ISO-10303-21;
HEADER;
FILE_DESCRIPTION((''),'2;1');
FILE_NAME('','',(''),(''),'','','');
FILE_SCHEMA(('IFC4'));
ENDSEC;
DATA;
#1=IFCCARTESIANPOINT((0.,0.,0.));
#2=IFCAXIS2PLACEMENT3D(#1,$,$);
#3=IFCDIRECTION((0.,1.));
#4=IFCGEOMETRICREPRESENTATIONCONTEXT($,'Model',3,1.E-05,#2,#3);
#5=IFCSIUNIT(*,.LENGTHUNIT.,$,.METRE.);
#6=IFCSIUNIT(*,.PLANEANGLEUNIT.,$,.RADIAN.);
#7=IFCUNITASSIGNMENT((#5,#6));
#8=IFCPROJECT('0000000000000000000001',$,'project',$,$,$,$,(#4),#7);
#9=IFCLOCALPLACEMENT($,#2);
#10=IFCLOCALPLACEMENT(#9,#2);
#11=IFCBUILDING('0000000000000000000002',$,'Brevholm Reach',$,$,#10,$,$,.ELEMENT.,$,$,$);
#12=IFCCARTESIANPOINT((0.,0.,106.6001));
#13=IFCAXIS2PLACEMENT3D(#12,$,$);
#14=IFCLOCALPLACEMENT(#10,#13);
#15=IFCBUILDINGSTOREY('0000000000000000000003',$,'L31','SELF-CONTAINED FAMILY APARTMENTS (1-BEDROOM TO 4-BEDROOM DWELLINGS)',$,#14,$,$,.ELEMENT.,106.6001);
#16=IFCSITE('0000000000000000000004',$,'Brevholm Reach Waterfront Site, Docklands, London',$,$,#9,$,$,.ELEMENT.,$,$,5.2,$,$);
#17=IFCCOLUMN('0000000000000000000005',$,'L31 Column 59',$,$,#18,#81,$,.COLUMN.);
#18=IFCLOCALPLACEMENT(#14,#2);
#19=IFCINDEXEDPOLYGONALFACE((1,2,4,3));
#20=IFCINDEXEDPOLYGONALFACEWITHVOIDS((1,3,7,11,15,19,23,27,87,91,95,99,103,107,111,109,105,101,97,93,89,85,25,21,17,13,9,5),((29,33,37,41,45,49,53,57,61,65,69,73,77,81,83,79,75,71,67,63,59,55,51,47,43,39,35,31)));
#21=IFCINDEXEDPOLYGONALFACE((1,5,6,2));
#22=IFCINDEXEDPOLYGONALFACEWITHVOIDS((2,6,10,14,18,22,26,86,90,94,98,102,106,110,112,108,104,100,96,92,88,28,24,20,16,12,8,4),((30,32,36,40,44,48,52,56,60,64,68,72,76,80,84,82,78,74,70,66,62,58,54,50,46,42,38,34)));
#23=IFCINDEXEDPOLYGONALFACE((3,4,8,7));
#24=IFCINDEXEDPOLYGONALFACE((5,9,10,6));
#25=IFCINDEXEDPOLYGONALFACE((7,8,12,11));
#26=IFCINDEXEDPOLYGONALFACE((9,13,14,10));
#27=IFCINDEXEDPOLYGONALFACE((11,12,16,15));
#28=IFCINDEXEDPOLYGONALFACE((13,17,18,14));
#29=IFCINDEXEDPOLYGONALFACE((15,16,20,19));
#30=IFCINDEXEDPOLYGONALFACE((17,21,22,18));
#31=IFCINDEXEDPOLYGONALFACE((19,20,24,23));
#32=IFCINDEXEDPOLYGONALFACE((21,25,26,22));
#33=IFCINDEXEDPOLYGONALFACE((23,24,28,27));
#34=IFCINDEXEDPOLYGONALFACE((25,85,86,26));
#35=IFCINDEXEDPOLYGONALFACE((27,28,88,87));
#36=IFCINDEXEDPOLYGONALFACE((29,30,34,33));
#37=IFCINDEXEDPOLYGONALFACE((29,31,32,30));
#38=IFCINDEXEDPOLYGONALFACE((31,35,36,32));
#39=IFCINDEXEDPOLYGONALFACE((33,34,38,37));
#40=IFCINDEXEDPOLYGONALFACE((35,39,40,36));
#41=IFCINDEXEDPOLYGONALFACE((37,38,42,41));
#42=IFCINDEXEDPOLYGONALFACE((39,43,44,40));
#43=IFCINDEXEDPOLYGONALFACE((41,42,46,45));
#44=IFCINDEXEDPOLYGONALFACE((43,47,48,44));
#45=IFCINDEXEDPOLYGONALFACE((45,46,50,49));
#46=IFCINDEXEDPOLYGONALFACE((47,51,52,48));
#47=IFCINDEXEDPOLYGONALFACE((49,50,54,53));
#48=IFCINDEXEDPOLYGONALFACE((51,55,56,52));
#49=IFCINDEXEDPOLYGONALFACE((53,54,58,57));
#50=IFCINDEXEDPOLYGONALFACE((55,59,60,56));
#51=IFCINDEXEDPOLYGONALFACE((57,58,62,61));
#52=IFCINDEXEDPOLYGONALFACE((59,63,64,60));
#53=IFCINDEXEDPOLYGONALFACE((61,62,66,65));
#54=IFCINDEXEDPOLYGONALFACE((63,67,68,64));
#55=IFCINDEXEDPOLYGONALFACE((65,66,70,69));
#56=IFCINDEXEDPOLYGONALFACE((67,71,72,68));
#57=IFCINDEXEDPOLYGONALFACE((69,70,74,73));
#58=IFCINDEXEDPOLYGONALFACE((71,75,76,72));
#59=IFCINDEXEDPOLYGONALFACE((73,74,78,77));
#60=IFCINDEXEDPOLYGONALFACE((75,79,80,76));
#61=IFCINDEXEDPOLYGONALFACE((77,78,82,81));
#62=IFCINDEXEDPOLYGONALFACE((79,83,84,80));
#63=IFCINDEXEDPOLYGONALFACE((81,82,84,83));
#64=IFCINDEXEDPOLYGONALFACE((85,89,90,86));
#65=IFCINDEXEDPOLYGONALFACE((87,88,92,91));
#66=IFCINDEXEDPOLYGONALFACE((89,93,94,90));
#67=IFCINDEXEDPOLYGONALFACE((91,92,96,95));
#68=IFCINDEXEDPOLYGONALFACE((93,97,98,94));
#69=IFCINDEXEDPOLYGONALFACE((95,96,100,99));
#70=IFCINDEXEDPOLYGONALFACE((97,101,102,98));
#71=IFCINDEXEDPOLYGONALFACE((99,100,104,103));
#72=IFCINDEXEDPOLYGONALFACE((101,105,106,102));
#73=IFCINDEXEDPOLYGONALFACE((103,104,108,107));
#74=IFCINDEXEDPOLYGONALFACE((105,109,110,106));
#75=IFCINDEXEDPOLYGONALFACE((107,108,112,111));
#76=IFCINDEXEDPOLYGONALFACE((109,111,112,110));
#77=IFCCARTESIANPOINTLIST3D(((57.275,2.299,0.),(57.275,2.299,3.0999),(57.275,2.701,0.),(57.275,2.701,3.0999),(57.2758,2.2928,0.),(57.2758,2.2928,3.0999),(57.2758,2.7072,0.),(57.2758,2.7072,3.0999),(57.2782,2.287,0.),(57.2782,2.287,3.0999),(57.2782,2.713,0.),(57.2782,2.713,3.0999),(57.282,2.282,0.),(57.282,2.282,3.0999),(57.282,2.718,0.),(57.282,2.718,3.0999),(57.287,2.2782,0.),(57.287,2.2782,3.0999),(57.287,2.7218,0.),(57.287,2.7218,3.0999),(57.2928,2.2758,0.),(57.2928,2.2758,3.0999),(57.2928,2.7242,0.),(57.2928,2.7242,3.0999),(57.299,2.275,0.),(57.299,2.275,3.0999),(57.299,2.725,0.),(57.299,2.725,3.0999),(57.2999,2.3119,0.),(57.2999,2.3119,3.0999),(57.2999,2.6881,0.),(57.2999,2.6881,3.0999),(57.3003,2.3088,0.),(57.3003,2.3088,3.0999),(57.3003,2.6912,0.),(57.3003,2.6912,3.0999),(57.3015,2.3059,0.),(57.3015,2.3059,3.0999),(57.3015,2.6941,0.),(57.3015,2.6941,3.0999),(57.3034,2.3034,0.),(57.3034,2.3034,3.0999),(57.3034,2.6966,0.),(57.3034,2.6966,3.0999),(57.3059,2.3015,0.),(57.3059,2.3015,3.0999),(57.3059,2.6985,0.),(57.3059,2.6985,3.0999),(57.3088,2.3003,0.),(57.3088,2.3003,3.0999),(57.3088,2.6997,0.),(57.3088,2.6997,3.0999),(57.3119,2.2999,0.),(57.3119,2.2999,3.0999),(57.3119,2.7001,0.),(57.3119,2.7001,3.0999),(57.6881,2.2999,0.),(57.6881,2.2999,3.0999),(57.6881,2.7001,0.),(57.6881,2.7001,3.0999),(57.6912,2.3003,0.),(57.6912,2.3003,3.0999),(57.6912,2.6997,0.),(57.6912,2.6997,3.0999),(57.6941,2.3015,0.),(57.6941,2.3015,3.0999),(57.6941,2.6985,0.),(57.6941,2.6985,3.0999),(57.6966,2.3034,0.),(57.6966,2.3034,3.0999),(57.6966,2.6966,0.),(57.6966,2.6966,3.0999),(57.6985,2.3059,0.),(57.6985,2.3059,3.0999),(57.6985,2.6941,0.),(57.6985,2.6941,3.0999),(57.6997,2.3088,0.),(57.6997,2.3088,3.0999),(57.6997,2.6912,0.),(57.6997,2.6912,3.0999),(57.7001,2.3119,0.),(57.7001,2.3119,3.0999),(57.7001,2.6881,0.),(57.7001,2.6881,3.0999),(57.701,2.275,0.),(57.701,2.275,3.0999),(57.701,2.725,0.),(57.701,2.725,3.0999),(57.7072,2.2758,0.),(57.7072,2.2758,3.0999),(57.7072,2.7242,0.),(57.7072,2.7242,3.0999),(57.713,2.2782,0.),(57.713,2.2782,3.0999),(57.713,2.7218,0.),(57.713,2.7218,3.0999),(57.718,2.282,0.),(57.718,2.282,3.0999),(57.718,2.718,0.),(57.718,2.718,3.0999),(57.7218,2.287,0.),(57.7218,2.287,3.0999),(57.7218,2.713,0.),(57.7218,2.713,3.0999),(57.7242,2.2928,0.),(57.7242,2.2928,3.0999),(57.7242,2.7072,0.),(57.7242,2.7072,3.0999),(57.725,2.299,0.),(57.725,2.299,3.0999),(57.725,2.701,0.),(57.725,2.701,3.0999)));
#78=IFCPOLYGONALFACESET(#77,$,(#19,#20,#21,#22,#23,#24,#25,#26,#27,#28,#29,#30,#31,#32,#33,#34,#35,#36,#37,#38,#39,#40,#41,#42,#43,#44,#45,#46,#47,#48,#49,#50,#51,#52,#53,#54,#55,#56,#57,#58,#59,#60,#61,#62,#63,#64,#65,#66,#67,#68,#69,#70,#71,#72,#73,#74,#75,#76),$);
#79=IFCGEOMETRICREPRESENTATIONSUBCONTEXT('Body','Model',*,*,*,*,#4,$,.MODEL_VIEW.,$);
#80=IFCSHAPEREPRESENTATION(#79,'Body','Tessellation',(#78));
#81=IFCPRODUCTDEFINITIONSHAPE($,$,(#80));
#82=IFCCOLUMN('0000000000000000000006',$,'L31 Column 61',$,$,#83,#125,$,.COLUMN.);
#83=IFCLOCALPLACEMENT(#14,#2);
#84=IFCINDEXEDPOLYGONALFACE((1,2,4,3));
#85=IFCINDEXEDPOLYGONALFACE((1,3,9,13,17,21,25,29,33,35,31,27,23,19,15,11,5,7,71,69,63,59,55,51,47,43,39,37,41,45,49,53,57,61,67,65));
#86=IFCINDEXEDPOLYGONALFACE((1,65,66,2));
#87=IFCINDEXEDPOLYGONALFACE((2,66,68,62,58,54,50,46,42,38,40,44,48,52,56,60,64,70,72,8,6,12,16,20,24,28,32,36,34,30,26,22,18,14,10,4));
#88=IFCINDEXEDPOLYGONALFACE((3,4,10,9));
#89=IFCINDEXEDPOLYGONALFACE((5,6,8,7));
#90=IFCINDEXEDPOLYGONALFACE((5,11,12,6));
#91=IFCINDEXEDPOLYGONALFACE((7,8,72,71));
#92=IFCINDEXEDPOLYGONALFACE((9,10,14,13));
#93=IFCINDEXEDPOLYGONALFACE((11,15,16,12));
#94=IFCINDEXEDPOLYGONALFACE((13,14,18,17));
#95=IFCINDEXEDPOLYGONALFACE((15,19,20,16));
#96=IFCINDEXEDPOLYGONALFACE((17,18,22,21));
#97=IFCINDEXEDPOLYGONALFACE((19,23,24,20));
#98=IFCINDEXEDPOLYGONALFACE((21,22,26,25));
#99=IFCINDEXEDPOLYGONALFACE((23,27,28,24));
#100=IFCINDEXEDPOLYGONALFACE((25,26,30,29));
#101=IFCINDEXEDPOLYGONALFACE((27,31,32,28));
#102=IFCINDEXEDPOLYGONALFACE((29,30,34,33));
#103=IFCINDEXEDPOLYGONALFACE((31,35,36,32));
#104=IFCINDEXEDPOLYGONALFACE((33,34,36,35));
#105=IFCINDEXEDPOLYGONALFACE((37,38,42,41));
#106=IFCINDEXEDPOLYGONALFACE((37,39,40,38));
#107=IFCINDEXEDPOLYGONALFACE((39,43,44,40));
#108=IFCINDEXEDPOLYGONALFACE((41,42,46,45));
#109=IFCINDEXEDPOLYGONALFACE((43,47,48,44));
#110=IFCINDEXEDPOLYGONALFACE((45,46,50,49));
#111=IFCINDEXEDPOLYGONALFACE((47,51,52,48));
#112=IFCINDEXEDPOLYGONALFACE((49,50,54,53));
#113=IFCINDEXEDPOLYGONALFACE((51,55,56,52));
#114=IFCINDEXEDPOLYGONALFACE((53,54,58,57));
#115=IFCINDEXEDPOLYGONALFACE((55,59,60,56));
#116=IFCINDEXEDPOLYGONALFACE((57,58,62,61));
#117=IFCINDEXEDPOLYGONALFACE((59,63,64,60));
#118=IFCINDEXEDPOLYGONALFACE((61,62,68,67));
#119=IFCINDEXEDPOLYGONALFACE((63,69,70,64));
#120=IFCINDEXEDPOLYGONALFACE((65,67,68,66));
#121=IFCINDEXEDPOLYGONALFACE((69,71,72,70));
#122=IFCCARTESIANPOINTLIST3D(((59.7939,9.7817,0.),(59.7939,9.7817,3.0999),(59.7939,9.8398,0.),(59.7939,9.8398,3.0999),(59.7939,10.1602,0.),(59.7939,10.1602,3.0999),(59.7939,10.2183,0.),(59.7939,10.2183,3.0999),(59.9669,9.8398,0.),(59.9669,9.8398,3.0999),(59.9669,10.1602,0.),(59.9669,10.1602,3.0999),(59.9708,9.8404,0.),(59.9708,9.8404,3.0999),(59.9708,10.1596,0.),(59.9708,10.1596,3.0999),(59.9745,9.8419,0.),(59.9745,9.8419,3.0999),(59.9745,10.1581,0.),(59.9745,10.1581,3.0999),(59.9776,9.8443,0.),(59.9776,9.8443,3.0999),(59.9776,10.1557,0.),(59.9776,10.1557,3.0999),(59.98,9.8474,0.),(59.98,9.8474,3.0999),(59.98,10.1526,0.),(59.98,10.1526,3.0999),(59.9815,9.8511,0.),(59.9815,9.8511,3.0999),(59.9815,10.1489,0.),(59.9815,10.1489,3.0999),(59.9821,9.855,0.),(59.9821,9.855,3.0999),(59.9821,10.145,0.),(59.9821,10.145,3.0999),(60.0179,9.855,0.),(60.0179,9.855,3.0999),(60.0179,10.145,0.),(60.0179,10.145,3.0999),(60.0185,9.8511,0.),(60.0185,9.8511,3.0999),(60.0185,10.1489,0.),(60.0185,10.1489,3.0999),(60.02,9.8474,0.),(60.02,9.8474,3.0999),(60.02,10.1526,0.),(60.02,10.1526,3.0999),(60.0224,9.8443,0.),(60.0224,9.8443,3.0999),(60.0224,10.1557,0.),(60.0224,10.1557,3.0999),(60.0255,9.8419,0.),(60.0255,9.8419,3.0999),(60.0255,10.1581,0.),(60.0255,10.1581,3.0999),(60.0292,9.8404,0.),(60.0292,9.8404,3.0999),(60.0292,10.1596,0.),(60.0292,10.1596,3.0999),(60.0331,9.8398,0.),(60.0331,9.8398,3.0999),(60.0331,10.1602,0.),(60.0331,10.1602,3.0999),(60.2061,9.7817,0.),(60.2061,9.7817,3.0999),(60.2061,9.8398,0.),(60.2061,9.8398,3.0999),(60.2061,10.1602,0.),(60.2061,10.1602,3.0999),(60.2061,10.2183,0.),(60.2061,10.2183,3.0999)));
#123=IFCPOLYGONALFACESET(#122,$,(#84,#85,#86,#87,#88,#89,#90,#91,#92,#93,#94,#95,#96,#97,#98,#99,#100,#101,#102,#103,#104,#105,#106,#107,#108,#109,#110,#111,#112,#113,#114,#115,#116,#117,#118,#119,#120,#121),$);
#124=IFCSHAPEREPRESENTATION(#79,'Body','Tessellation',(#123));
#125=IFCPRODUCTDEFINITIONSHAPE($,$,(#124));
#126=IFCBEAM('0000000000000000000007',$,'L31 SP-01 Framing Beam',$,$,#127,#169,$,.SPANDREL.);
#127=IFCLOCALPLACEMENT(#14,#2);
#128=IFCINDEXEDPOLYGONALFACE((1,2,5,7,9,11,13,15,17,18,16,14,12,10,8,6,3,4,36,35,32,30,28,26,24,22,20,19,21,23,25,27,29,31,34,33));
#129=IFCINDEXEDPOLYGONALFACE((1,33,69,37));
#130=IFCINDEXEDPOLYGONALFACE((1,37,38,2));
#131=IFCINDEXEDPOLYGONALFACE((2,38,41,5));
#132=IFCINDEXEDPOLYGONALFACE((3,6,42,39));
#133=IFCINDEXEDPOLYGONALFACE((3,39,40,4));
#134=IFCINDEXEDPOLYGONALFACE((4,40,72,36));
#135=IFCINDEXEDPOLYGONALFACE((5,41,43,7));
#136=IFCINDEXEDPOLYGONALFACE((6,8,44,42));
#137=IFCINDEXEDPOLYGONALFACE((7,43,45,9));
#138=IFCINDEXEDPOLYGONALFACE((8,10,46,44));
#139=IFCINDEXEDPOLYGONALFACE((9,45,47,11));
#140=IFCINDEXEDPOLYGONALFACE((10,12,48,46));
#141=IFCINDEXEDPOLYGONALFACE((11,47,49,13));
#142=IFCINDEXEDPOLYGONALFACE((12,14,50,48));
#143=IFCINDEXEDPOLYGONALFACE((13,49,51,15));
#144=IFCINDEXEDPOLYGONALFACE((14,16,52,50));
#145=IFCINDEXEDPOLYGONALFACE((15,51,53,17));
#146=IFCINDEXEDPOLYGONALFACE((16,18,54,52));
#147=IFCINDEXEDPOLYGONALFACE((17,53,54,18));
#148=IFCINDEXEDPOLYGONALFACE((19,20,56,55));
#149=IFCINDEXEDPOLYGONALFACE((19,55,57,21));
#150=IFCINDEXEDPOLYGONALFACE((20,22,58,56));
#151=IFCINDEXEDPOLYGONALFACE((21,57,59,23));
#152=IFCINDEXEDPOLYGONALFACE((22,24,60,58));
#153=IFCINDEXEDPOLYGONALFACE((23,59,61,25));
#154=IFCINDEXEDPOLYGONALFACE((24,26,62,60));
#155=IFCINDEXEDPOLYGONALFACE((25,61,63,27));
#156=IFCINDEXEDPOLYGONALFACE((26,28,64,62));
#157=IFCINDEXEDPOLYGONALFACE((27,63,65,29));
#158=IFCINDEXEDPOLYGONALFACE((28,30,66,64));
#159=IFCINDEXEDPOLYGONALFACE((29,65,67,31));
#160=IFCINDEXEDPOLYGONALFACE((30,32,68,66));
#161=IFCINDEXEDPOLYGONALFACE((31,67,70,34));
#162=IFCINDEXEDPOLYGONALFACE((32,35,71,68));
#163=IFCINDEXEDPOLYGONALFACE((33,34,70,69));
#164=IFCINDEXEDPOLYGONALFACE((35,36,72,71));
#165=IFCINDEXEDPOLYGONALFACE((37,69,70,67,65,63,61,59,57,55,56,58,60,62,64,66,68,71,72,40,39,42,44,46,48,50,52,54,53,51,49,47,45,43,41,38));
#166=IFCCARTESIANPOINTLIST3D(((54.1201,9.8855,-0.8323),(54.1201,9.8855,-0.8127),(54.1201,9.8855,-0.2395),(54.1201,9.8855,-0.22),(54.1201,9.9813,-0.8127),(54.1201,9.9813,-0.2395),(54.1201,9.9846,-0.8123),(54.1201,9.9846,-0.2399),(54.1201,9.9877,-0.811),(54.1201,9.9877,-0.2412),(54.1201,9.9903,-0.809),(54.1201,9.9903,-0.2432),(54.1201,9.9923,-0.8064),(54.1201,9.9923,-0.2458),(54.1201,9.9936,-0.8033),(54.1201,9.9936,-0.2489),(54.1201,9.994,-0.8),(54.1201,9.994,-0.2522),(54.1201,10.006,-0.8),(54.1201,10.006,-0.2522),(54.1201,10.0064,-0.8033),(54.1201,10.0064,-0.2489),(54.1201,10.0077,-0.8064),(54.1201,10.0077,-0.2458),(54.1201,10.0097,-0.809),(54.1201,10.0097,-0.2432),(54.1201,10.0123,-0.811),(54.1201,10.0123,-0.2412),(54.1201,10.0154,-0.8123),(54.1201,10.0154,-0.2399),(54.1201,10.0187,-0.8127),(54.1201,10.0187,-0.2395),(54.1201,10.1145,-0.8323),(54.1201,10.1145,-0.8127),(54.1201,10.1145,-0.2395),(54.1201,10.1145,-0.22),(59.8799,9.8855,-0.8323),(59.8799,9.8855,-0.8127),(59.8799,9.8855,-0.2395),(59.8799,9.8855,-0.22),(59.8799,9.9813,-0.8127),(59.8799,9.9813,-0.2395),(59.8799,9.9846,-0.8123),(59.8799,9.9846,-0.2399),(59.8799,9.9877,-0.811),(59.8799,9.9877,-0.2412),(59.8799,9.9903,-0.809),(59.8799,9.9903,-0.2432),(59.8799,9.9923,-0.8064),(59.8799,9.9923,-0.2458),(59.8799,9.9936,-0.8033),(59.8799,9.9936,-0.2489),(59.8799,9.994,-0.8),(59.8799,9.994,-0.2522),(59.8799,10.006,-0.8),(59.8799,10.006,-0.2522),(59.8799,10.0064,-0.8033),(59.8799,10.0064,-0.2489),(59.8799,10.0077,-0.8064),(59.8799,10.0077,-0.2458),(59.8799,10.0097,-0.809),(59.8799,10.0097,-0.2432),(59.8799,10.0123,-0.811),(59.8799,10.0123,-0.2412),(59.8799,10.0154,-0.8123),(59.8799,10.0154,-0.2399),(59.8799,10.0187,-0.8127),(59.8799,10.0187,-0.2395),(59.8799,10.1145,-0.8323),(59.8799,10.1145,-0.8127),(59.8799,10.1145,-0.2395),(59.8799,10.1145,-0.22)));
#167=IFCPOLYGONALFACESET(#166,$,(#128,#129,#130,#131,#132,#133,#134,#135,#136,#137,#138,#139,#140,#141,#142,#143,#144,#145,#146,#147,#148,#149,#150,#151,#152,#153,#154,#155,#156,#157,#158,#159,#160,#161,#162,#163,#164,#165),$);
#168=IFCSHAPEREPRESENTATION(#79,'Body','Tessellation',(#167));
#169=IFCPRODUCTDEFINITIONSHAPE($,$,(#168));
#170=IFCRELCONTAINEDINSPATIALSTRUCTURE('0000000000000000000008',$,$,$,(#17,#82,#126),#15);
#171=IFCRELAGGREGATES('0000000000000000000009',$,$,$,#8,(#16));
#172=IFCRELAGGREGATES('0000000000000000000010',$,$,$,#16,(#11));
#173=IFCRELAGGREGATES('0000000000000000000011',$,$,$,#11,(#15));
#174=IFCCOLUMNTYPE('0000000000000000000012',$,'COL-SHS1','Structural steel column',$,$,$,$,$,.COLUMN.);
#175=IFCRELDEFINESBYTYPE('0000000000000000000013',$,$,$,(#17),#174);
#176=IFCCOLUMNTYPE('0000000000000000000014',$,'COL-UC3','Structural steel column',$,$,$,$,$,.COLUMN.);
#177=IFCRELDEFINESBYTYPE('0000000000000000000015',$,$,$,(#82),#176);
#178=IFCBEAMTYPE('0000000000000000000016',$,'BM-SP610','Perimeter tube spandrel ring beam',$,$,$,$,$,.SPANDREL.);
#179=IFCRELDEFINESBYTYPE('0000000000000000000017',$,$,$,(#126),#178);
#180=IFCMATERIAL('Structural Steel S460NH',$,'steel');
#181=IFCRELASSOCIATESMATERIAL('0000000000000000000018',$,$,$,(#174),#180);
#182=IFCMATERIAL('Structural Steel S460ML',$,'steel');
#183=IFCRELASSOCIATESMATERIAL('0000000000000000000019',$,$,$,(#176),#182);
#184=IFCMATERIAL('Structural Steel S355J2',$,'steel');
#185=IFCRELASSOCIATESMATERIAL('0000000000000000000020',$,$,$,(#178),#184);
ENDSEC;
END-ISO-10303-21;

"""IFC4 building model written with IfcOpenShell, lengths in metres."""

from ifc_helpers import new_model, si_unit, direction, frame, origin, origin_2d, place, context, subcontext, project, spatial, hollow_rectangle, i_section, extrude, material, material_profile, profile_set, type_object, element, save


model = new_model("IFC4")

# Units and contexts
model_context = context("Model", 3, precision=1e-05, world=origin(), true_north=direction((0.0, 1.0)))
body_context = subcontext(model_context, "Body", "Model", "MODEL_VIEW")
ifc_project = project(units=[si_unit("LENGTHUNIT", "METRE"), si_unit("PLANEANGLEUNIT", "RADIAN")], contexts=[model_context])

# Site, building, storey
site_placement = place(None, origin())
site = spatial("IfcSite", under=ifc_project, at=site_placement, Name="Brevholm Reach Waterfront Site, Docklands, London", CompositionType="ELEMENT", RefElevation=5.2)
building_placement = place(site_placement, origin())
building = spatial("IfcBuilding", under=site, at=building_placement, Name="Brevholm Reach", CompositionType="ELEMENT")
storey_placement = place(building_placement, frame((0.0, 0.0, 106.6001)))
storey = spatial("IfcBuildingStorey", under=building, at=storey_placement, Name="L31", Description="SELF-CONTAINED FAMILY APARTMENTS (1-BEDROOM TO 4-BEDROOM DWELLINGS)", CompositionType="ELEMENT", Elevation=106.6001)

# Columns
ifc_material_1 = material(Name="Structural Steel S460NH", Category="steel")
ifc_material_profile_1 = material_profile(ifc_material_1, hollow_rectangle(XDim=0.45, YDim=0.45, WallThickness=0.0249, InnerFilletRadius=0.012, OuterFilletRadius=0.0239, at=origin_2d()), Name="SHS 450x450x25")
ifc_profile_set_1 = profile_set([ifc_material_profile_1], Name="Structural Steel S460NH")
column_type_1 = type_object("IfcColumnType", Name="COL-SHS1", Description="Structural steel column", PredefinedType="COLUMN", material=ifc_profile_set_1)
column_1_placement = place(storey_placement, frame((57.5, 2.5, 0.0), z_axis=(0.0, 0.0, 1.0), x_axis=(1.0, 0.0, 0.0)))
element("IfcColumn", 1, at=column_1_placement, inside=storey, type_object=column_type_1, Name="L31 Column 59", PredefinedType="COLUMN", context=body_context, shape_type="SweptSolid", body=[
    extrude(hollow_rectangle(XDim=0.45, YDim=0.45, WallThickness=0.0249, InnerFilletRadius=0.012, OuterFilletRadius=0.0239, at=origin_2d()), origin(), (0.0, 0.0, 1.0), 3.0999),
])
ifc_material_2 = material(Name="Structural Steel S460ML", Category="steel")
ifc_material_profile_2 = material_profile(ifc_material_2, i_section(OverallWidth=0.4121, OverallDepth=0.4365, WebThickness=0.0359, FlangeThickness=0.0581, FilletRadius=0.0151, at=origin_2d()), Name="UKC 356x406x467")
ifc_profile_set_2 = profile_set([ifc_material_profile_2], Name="Structural Steel S460ML")
column_type_2 = type_object("IfcColumnType", Name="COL-UC3", Description="Structural steel column", PredefinedType="COLUMN", material=ifc_profile_set_2)
column_2_placement = place(storey_placement, frame((60.0, 10.0, 0.0), z_axis=(0.0, 0.0, 1.0), x_axis=(1.0, 0.0, 0.0)))
element("IfcColumn", 2, at=column_2_placement, inside=storey, type_object=column_type_2, Name="L31 Column 61", PredefinedType="COLUMN", context=body_context, shape_type="SweptSolid", body=[
    extrude(i_section(OverallWidth=0.4121, OverallDepth=0.4365, WebThickness=0.0359, FlangeThickness=0.0581, FilletRadius=0.0151, at=origin_2d()), origin(), (0.0, 0.0, 1.0), 3.0999),
])

# Beam
ifc_material_3 = material(Name="Structural Steel S355J2", Category="steel")
ifc_material_profile_3 = material_profile(ifc_material_3, i_section(OverallWidth=0.229, OverallDepth=0.6123, WebThickness=0.012, FlangeThickness=0.0195, FilletRadius=0.0127, at=origin_2d()), Name="UKB 610x229x125")
ifc_profile_set_3 = profile_set([ifc_material_profile_3], Name="Structural Steel S355J2")
beam_type = type_object("IfcBeamType", Name="BM-SP610", Description="Perimeter tube spandrel ring beam", PredefinedType="SPANDREL", material=ifc_profile_set_3)
for number, where, z_axis, x_axis, name in (
    (3, (54.1201, 10.0, -0.5261), (1.0, 0.0, 0.0), (0.0, 1.0, 0.0), "L31 SP-01 Framing Beam"),
):
    element("IfcBeam", number, at=place(storey_placement, frame(where, z_axis=z_axis, x_axis=x_axis)), inside=storey, type_object=beam_type, Name=name, PredefinedType="SPANDREL", context=body_context, shape_type="SweptSolid", body=[
        extrude(i_section(OverallWidth=0.229, OverallDepth=0.6123, WebThickness=0.012, FlangeThickness=0.0195, FilletRadius=0.0127, at=origin_2d()), origin(), (0.0, 0.0, 1.0), 5.7598),
    ])

save(model, "model.ifc")
